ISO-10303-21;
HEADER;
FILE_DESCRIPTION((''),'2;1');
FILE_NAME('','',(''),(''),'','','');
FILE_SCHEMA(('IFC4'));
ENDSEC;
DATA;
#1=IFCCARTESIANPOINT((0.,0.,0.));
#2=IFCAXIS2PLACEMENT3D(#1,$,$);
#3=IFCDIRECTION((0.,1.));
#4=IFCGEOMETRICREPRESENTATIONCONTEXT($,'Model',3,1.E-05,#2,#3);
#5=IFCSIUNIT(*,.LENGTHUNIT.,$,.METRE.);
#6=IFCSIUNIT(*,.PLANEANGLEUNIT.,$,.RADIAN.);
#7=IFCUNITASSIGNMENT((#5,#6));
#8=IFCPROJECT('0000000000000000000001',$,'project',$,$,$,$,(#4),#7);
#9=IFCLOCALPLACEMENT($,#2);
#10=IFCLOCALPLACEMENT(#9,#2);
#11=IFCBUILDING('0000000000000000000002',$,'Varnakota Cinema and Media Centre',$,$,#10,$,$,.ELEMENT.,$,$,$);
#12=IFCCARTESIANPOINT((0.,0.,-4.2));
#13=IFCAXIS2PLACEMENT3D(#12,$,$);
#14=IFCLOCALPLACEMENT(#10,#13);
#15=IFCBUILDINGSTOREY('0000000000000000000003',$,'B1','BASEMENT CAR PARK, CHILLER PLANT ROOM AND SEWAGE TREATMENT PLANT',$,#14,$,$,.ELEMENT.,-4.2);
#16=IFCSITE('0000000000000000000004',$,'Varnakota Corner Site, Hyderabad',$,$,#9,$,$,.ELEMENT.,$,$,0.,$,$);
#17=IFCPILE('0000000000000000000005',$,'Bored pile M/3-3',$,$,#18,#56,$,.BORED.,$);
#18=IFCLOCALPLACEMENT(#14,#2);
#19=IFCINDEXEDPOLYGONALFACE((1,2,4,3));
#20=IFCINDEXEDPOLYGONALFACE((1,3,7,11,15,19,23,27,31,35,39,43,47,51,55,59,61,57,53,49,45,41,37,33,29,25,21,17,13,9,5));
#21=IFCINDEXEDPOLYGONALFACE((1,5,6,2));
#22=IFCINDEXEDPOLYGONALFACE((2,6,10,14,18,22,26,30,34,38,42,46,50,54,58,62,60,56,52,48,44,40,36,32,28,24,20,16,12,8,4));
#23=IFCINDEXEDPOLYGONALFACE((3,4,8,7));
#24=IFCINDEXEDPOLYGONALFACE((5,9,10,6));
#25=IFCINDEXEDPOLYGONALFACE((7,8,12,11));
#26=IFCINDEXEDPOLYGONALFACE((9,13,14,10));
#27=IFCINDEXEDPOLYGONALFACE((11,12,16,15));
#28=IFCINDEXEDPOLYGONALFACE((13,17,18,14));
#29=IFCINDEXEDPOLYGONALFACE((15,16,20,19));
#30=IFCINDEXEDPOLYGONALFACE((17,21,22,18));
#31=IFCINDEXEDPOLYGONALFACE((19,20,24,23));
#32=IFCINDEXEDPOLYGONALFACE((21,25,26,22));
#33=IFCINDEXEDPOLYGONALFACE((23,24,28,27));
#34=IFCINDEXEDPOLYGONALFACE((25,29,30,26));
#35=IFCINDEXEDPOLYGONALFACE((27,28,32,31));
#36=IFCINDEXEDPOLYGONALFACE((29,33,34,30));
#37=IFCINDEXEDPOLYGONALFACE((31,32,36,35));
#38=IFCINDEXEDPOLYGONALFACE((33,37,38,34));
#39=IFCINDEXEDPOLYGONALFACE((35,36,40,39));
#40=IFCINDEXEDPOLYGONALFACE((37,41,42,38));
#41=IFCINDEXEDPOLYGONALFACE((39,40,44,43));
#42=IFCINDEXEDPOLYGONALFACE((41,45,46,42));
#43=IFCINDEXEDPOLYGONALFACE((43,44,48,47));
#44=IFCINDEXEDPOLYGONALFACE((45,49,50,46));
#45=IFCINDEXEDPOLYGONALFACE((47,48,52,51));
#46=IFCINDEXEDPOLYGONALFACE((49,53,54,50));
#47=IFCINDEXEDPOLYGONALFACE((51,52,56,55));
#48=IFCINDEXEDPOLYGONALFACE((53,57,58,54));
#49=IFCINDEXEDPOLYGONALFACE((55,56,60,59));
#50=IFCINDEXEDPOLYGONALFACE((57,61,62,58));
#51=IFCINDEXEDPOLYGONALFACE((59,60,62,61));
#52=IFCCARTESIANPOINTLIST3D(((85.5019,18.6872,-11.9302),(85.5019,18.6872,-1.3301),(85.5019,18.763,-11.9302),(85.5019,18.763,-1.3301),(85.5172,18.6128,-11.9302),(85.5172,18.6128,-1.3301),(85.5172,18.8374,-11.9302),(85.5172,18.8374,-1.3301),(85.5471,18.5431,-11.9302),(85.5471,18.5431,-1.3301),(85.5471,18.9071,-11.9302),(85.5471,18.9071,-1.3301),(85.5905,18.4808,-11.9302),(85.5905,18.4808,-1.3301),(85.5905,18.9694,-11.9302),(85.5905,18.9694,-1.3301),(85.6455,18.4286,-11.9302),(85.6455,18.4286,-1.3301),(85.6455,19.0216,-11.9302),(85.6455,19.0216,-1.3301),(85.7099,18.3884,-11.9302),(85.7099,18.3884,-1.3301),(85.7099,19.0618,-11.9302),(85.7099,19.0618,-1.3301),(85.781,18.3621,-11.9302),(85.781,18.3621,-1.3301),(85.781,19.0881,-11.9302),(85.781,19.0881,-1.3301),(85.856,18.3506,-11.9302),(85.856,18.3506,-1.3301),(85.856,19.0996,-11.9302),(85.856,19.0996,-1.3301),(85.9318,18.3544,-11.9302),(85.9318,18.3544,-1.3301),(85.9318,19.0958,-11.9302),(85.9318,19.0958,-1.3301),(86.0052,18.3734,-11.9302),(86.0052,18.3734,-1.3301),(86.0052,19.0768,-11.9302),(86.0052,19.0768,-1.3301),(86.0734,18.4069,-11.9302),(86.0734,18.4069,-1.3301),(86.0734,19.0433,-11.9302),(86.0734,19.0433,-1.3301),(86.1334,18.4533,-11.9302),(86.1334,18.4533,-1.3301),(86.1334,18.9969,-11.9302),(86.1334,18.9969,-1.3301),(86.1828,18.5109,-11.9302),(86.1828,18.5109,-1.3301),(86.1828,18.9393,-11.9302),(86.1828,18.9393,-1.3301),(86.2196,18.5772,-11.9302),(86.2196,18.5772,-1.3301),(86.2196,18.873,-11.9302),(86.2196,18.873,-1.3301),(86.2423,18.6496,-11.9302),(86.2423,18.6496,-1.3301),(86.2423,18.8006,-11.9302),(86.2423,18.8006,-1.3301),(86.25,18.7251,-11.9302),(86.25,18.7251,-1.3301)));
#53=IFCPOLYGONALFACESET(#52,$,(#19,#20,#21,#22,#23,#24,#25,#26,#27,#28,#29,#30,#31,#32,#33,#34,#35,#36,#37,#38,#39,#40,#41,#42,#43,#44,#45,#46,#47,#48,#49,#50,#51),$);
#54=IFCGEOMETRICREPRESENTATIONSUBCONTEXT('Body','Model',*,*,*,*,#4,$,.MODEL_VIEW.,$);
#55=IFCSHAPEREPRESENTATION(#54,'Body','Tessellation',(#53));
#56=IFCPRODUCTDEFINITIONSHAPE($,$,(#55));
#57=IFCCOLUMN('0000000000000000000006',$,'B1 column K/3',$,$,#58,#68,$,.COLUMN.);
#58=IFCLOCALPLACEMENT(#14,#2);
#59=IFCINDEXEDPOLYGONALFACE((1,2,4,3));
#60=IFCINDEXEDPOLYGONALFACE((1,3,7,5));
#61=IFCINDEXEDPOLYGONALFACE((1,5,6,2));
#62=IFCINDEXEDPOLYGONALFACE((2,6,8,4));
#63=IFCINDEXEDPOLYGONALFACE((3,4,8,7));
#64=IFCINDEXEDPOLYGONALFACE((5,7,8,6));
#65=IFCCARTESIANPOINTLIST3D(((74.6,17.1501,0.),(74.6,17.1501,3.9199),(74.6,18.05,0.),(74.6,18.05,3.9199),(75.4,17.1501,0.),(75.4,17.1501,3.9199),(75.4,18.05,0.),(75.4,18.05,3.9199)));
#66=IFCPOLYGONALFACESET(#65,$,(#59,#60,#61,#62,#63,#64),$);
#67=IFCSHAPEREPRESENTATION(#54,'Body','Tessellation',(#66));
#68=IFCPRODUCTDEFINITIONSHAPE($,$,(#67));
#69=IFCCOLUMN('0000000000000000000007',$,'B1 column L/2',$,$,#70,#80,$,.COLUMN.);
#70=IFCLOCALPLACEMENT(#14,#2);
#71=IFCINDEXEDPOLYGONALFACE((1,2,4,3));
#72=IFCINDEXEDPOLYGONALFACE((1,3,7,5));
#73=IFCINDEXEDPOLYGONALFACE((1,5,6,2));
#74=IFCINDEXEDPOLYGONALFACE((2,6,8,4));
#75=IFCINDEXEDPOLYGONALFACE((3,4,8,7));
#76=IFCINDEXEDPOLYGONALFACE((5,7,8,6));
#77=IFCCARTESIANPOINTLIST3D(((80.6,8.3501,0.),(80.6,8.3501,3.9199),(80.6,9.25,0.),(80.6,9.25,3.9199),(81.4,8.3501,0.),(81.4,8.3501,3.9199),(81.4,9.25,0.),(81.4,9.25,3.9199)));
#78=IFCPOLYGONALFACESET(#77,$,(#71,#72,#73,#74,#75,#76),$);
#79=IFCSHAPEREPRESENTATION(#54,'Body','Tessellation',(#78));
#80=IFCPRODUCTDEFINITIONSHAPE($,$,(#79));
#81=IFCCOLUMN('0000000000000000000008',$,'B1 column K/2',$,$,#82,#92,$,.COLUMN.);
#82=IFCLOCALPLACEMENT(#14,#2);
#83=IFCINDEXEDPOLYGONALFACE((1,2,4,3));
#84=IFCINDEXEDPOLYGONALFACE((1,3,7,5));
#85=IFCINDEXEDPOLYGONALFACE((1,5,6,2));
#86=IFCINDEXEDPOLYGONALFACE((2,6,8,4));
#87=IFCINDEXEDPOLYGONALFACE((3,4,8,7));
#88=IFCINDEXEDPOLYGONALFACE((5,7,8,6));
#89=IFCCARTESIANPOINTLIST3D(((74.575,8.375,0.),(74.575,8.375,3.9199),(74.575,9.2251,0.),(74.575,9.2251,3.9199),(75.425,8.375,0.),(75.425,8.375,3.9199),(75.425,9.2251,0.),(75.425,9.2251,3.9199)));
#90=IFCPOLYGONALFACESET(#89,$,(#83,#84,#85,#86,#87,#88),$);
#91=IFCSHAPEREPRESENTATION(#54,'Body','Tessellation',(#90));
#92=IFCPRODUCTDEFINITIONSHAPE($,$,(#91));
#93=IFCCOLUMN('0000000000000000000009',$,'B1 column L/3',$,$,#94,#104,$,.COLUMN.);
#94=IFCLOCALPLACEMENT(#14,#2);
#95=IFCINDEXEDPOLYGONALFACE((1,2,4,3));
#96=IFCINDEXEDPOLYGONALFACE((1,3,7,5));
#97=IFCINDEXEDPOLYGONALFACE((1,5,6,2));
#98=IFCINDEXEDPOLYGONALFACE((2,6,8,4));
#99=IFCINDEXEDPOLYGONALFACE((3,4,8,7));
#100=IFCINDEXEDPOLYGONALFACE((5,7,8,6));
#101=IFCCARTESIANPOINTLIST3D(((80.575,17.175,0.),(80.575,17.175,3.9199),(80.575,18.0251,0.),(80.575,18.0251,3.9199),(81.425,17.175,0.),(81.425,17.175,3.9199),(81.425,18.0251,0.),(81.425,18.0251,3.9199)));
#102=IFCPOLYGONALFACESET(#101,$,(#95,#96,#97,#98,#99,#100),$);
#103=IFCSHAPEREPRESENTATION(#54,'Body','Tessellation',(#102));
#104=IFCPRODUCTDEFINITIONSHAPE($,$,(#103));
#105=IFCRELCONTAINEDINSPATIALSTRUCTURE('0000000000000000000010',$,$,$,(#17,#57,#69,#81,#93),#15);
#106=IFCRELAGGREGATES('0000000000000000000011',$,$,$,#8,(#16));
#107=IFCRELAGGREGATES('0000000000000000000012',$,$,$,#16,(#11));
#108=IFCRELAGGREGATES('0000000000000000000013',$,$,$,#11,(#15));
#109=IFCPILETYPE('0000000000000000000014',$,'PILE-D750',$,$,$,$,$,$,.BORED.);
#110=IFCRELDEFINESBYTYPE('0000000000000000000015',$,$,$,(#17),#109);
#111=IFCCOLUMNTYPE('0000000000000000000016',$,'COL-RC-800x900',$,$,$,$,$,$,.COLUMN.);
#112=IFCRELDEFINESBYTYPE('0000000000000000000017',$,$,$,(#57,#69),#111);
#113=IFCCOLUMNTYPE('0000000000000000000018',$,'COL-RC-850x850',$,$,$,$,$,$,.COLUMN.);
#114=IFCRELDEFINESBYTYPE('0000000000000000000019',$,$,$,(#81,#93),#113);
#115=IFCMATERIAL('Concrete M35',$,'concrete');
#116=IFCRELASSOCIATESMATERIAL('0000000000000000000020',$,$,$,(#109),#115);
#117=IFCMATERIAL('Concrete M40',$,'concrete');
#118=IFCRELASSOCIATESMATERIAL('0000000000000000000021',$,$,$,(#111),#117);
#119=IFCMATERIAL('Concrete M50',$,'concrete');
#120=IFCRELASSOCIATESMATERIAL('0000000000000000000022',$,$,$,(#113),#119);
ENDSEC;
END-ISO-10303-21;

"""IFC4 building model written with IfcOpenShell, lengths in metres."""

from ifc_helpers import new_model, si_unit, direction, frame, origin, origin_2d, place, context, subcontext, project, spatial, rectangle, circle, extrude, material, material_profile, profile_set, type_object, element, save


model = new_model("IFC4")

# Units and contexts
model_context = context("Model", 3, precision=1e-05, world=origin(), true_north=direction((0.0, 1.0)))
body_context = subcontext(model_context, "Body", "Model", "MODEL_VIEW")
ifc_project = project(units=[si_unit("LENGTHUNIT", "METRE"), si_unit("PLANEANGLEUNIT", "RADIAN")], contexts=[model_context])

# Site, building, storey
site_placement = place(None, origin())
site = spatial("IfcSite", under=ifc_project, at=site_placement, Name="Varnakota Corner Site, Hyderabad", CompositionType="ELEMENT", RefElevation=0.0)
building_placement = place(site_placement, origin())
building = spatial("IfcBuilding", under=site, at=building_placement, Name="Varnakota Cinema and Media Centre", CompositionType="ELEMENT")
storey_placement = place(building_placement, frame((0.0, 0.0, -4.2)))
storey = spatial("IfcBuildingStorey", under=building, at=storey_placement, Name="B1", Description="BASEMENT CAR PARK, CHILLER PLANT ROOM AND SEWAGE TREATMENT PLANT", CompositionType="ELEMENT", Elevation=-4.2)

# Pile
ifc_material_1 = material(Name="Concrete M35", Category="concrete")
ifc_material_profile_1 = material_profile(ifc_material_1, circle(Radius=0.375, at=origin_2d()), Name="PILE D750")
ifc_profile_set_1 = profile_set([ifc_material_profile_1], Name="Concrete M35")
pile_type_1 = type_object("IfcPileType", Name="PILE-D750", PredefinedType="BORED", material=ifc_profile_set_1)
for number, where, z_axis, x_axis, name in (
    (1, (85.875, 18.7251, -1.3301), (0.0, 0.0, -1.0), (1.0, 0.0, 0.0), "Bored pile M/3-3"),
):
    element("IfcPile", number, at=place(storey_placement, frame(where, z_axis=z_axis, x_axis=x_axis)), inside=storey, type_object=pile_type_1, Name=name, PredefinedType="BORED", context=body_context, shape_type="SweptSolid", body=[
        extrude(circle(Radius=0.375, at=origin_2d()), origin(), (0.0, 0.0, 1.0), 10.6001),
    ])

# Columns
ifc_material_2 = material(Name="Concrete M40", Category="concrete")
ifc_material_profile_2 = material_profile(ifc_material_2, rectangle(XDim=0.8, YDim=0.8999, at=origin_2d()), Name="RC 800x900")
ifc_profile_set_2 = profile_set([ifc_material_profile_2], Name="Concrete M40")
column_type_1 = type_object("IfcColumnType", Name="COL-RC-800x900", PredefinedType="COLUMN", material=ifc_profile_set_2)
for number, where, z_axis, x_axis, name in (
    (2, (75.0, 17.6001, 0.0), (0.0, 0.0, 1.0), (1.0, 0.0, 0.0), "B1 column K/3"),
    (3, (81.0, 8.8, 0.0), (0.0, 0.0, 1.0), (1.0, 0.0, 0.0), "B1 column L/2"),
):
    element("IfcColumn", number, at=place(storey_placement, frame(where, z_axis=z_axis, x_axis=x_axis)), inside=storey, type_object=column_type_1, Name=name, PredefinedType="COLUMN", context=body_context, shape_type="SweptSolid", body=[
        extrude(rectangle(XDim=0.8, YDim=0.8999, at=origin_2d()), origin(), (0.0, 0.0, 1.0), 3.9199),
    ])
ifc_material_3 = material(Name="Concrete M50", Category="concrete")
ifc_material_profile_3 = material_profile(ifc_material_3, rectangle(XDim=0.8501, YDim=0.8501, at=origin_2d()), Name="RC 850x850")
ifc_profile_set_3 = profile_set([ifc_material_profile_3], Name="Concrete M50")
column_type_2 = type_object("IfcColumnType", Name="COL-RC-850x850", PredefinedType="COLUMN", material=ifc_profile_set_3)
for number, where, z_axis, x_axis, name in (
    (4, (75.0, 8.8, 0.0), (0.0, 0.0, 1.0), (1.0, 0.0, 0.0), "B1 column K/2"),
    (5, (81.0, 17.6001, 0.0), (0.0, 0.0, 1.0), (1.0, 0.0, 0.0), "B1 column L/3"),
):
    element("IfcColumn", number, at=place(storey_placement, frame(where, z_axis=z_axis, x_axis=x_axis)), inside=storey, type_object=column_type_2, Name=name, PredefinedType="COLUMN", context=body_context, shape_type="SweptSolid", body=[
        extrude(rectangle(XDim=0.8501, YDim=0.8501, at=origin_2d()), origin(), (0.0, 0.0, 1.0), 3.9199),
    ])

save(model, "model.ifc")
